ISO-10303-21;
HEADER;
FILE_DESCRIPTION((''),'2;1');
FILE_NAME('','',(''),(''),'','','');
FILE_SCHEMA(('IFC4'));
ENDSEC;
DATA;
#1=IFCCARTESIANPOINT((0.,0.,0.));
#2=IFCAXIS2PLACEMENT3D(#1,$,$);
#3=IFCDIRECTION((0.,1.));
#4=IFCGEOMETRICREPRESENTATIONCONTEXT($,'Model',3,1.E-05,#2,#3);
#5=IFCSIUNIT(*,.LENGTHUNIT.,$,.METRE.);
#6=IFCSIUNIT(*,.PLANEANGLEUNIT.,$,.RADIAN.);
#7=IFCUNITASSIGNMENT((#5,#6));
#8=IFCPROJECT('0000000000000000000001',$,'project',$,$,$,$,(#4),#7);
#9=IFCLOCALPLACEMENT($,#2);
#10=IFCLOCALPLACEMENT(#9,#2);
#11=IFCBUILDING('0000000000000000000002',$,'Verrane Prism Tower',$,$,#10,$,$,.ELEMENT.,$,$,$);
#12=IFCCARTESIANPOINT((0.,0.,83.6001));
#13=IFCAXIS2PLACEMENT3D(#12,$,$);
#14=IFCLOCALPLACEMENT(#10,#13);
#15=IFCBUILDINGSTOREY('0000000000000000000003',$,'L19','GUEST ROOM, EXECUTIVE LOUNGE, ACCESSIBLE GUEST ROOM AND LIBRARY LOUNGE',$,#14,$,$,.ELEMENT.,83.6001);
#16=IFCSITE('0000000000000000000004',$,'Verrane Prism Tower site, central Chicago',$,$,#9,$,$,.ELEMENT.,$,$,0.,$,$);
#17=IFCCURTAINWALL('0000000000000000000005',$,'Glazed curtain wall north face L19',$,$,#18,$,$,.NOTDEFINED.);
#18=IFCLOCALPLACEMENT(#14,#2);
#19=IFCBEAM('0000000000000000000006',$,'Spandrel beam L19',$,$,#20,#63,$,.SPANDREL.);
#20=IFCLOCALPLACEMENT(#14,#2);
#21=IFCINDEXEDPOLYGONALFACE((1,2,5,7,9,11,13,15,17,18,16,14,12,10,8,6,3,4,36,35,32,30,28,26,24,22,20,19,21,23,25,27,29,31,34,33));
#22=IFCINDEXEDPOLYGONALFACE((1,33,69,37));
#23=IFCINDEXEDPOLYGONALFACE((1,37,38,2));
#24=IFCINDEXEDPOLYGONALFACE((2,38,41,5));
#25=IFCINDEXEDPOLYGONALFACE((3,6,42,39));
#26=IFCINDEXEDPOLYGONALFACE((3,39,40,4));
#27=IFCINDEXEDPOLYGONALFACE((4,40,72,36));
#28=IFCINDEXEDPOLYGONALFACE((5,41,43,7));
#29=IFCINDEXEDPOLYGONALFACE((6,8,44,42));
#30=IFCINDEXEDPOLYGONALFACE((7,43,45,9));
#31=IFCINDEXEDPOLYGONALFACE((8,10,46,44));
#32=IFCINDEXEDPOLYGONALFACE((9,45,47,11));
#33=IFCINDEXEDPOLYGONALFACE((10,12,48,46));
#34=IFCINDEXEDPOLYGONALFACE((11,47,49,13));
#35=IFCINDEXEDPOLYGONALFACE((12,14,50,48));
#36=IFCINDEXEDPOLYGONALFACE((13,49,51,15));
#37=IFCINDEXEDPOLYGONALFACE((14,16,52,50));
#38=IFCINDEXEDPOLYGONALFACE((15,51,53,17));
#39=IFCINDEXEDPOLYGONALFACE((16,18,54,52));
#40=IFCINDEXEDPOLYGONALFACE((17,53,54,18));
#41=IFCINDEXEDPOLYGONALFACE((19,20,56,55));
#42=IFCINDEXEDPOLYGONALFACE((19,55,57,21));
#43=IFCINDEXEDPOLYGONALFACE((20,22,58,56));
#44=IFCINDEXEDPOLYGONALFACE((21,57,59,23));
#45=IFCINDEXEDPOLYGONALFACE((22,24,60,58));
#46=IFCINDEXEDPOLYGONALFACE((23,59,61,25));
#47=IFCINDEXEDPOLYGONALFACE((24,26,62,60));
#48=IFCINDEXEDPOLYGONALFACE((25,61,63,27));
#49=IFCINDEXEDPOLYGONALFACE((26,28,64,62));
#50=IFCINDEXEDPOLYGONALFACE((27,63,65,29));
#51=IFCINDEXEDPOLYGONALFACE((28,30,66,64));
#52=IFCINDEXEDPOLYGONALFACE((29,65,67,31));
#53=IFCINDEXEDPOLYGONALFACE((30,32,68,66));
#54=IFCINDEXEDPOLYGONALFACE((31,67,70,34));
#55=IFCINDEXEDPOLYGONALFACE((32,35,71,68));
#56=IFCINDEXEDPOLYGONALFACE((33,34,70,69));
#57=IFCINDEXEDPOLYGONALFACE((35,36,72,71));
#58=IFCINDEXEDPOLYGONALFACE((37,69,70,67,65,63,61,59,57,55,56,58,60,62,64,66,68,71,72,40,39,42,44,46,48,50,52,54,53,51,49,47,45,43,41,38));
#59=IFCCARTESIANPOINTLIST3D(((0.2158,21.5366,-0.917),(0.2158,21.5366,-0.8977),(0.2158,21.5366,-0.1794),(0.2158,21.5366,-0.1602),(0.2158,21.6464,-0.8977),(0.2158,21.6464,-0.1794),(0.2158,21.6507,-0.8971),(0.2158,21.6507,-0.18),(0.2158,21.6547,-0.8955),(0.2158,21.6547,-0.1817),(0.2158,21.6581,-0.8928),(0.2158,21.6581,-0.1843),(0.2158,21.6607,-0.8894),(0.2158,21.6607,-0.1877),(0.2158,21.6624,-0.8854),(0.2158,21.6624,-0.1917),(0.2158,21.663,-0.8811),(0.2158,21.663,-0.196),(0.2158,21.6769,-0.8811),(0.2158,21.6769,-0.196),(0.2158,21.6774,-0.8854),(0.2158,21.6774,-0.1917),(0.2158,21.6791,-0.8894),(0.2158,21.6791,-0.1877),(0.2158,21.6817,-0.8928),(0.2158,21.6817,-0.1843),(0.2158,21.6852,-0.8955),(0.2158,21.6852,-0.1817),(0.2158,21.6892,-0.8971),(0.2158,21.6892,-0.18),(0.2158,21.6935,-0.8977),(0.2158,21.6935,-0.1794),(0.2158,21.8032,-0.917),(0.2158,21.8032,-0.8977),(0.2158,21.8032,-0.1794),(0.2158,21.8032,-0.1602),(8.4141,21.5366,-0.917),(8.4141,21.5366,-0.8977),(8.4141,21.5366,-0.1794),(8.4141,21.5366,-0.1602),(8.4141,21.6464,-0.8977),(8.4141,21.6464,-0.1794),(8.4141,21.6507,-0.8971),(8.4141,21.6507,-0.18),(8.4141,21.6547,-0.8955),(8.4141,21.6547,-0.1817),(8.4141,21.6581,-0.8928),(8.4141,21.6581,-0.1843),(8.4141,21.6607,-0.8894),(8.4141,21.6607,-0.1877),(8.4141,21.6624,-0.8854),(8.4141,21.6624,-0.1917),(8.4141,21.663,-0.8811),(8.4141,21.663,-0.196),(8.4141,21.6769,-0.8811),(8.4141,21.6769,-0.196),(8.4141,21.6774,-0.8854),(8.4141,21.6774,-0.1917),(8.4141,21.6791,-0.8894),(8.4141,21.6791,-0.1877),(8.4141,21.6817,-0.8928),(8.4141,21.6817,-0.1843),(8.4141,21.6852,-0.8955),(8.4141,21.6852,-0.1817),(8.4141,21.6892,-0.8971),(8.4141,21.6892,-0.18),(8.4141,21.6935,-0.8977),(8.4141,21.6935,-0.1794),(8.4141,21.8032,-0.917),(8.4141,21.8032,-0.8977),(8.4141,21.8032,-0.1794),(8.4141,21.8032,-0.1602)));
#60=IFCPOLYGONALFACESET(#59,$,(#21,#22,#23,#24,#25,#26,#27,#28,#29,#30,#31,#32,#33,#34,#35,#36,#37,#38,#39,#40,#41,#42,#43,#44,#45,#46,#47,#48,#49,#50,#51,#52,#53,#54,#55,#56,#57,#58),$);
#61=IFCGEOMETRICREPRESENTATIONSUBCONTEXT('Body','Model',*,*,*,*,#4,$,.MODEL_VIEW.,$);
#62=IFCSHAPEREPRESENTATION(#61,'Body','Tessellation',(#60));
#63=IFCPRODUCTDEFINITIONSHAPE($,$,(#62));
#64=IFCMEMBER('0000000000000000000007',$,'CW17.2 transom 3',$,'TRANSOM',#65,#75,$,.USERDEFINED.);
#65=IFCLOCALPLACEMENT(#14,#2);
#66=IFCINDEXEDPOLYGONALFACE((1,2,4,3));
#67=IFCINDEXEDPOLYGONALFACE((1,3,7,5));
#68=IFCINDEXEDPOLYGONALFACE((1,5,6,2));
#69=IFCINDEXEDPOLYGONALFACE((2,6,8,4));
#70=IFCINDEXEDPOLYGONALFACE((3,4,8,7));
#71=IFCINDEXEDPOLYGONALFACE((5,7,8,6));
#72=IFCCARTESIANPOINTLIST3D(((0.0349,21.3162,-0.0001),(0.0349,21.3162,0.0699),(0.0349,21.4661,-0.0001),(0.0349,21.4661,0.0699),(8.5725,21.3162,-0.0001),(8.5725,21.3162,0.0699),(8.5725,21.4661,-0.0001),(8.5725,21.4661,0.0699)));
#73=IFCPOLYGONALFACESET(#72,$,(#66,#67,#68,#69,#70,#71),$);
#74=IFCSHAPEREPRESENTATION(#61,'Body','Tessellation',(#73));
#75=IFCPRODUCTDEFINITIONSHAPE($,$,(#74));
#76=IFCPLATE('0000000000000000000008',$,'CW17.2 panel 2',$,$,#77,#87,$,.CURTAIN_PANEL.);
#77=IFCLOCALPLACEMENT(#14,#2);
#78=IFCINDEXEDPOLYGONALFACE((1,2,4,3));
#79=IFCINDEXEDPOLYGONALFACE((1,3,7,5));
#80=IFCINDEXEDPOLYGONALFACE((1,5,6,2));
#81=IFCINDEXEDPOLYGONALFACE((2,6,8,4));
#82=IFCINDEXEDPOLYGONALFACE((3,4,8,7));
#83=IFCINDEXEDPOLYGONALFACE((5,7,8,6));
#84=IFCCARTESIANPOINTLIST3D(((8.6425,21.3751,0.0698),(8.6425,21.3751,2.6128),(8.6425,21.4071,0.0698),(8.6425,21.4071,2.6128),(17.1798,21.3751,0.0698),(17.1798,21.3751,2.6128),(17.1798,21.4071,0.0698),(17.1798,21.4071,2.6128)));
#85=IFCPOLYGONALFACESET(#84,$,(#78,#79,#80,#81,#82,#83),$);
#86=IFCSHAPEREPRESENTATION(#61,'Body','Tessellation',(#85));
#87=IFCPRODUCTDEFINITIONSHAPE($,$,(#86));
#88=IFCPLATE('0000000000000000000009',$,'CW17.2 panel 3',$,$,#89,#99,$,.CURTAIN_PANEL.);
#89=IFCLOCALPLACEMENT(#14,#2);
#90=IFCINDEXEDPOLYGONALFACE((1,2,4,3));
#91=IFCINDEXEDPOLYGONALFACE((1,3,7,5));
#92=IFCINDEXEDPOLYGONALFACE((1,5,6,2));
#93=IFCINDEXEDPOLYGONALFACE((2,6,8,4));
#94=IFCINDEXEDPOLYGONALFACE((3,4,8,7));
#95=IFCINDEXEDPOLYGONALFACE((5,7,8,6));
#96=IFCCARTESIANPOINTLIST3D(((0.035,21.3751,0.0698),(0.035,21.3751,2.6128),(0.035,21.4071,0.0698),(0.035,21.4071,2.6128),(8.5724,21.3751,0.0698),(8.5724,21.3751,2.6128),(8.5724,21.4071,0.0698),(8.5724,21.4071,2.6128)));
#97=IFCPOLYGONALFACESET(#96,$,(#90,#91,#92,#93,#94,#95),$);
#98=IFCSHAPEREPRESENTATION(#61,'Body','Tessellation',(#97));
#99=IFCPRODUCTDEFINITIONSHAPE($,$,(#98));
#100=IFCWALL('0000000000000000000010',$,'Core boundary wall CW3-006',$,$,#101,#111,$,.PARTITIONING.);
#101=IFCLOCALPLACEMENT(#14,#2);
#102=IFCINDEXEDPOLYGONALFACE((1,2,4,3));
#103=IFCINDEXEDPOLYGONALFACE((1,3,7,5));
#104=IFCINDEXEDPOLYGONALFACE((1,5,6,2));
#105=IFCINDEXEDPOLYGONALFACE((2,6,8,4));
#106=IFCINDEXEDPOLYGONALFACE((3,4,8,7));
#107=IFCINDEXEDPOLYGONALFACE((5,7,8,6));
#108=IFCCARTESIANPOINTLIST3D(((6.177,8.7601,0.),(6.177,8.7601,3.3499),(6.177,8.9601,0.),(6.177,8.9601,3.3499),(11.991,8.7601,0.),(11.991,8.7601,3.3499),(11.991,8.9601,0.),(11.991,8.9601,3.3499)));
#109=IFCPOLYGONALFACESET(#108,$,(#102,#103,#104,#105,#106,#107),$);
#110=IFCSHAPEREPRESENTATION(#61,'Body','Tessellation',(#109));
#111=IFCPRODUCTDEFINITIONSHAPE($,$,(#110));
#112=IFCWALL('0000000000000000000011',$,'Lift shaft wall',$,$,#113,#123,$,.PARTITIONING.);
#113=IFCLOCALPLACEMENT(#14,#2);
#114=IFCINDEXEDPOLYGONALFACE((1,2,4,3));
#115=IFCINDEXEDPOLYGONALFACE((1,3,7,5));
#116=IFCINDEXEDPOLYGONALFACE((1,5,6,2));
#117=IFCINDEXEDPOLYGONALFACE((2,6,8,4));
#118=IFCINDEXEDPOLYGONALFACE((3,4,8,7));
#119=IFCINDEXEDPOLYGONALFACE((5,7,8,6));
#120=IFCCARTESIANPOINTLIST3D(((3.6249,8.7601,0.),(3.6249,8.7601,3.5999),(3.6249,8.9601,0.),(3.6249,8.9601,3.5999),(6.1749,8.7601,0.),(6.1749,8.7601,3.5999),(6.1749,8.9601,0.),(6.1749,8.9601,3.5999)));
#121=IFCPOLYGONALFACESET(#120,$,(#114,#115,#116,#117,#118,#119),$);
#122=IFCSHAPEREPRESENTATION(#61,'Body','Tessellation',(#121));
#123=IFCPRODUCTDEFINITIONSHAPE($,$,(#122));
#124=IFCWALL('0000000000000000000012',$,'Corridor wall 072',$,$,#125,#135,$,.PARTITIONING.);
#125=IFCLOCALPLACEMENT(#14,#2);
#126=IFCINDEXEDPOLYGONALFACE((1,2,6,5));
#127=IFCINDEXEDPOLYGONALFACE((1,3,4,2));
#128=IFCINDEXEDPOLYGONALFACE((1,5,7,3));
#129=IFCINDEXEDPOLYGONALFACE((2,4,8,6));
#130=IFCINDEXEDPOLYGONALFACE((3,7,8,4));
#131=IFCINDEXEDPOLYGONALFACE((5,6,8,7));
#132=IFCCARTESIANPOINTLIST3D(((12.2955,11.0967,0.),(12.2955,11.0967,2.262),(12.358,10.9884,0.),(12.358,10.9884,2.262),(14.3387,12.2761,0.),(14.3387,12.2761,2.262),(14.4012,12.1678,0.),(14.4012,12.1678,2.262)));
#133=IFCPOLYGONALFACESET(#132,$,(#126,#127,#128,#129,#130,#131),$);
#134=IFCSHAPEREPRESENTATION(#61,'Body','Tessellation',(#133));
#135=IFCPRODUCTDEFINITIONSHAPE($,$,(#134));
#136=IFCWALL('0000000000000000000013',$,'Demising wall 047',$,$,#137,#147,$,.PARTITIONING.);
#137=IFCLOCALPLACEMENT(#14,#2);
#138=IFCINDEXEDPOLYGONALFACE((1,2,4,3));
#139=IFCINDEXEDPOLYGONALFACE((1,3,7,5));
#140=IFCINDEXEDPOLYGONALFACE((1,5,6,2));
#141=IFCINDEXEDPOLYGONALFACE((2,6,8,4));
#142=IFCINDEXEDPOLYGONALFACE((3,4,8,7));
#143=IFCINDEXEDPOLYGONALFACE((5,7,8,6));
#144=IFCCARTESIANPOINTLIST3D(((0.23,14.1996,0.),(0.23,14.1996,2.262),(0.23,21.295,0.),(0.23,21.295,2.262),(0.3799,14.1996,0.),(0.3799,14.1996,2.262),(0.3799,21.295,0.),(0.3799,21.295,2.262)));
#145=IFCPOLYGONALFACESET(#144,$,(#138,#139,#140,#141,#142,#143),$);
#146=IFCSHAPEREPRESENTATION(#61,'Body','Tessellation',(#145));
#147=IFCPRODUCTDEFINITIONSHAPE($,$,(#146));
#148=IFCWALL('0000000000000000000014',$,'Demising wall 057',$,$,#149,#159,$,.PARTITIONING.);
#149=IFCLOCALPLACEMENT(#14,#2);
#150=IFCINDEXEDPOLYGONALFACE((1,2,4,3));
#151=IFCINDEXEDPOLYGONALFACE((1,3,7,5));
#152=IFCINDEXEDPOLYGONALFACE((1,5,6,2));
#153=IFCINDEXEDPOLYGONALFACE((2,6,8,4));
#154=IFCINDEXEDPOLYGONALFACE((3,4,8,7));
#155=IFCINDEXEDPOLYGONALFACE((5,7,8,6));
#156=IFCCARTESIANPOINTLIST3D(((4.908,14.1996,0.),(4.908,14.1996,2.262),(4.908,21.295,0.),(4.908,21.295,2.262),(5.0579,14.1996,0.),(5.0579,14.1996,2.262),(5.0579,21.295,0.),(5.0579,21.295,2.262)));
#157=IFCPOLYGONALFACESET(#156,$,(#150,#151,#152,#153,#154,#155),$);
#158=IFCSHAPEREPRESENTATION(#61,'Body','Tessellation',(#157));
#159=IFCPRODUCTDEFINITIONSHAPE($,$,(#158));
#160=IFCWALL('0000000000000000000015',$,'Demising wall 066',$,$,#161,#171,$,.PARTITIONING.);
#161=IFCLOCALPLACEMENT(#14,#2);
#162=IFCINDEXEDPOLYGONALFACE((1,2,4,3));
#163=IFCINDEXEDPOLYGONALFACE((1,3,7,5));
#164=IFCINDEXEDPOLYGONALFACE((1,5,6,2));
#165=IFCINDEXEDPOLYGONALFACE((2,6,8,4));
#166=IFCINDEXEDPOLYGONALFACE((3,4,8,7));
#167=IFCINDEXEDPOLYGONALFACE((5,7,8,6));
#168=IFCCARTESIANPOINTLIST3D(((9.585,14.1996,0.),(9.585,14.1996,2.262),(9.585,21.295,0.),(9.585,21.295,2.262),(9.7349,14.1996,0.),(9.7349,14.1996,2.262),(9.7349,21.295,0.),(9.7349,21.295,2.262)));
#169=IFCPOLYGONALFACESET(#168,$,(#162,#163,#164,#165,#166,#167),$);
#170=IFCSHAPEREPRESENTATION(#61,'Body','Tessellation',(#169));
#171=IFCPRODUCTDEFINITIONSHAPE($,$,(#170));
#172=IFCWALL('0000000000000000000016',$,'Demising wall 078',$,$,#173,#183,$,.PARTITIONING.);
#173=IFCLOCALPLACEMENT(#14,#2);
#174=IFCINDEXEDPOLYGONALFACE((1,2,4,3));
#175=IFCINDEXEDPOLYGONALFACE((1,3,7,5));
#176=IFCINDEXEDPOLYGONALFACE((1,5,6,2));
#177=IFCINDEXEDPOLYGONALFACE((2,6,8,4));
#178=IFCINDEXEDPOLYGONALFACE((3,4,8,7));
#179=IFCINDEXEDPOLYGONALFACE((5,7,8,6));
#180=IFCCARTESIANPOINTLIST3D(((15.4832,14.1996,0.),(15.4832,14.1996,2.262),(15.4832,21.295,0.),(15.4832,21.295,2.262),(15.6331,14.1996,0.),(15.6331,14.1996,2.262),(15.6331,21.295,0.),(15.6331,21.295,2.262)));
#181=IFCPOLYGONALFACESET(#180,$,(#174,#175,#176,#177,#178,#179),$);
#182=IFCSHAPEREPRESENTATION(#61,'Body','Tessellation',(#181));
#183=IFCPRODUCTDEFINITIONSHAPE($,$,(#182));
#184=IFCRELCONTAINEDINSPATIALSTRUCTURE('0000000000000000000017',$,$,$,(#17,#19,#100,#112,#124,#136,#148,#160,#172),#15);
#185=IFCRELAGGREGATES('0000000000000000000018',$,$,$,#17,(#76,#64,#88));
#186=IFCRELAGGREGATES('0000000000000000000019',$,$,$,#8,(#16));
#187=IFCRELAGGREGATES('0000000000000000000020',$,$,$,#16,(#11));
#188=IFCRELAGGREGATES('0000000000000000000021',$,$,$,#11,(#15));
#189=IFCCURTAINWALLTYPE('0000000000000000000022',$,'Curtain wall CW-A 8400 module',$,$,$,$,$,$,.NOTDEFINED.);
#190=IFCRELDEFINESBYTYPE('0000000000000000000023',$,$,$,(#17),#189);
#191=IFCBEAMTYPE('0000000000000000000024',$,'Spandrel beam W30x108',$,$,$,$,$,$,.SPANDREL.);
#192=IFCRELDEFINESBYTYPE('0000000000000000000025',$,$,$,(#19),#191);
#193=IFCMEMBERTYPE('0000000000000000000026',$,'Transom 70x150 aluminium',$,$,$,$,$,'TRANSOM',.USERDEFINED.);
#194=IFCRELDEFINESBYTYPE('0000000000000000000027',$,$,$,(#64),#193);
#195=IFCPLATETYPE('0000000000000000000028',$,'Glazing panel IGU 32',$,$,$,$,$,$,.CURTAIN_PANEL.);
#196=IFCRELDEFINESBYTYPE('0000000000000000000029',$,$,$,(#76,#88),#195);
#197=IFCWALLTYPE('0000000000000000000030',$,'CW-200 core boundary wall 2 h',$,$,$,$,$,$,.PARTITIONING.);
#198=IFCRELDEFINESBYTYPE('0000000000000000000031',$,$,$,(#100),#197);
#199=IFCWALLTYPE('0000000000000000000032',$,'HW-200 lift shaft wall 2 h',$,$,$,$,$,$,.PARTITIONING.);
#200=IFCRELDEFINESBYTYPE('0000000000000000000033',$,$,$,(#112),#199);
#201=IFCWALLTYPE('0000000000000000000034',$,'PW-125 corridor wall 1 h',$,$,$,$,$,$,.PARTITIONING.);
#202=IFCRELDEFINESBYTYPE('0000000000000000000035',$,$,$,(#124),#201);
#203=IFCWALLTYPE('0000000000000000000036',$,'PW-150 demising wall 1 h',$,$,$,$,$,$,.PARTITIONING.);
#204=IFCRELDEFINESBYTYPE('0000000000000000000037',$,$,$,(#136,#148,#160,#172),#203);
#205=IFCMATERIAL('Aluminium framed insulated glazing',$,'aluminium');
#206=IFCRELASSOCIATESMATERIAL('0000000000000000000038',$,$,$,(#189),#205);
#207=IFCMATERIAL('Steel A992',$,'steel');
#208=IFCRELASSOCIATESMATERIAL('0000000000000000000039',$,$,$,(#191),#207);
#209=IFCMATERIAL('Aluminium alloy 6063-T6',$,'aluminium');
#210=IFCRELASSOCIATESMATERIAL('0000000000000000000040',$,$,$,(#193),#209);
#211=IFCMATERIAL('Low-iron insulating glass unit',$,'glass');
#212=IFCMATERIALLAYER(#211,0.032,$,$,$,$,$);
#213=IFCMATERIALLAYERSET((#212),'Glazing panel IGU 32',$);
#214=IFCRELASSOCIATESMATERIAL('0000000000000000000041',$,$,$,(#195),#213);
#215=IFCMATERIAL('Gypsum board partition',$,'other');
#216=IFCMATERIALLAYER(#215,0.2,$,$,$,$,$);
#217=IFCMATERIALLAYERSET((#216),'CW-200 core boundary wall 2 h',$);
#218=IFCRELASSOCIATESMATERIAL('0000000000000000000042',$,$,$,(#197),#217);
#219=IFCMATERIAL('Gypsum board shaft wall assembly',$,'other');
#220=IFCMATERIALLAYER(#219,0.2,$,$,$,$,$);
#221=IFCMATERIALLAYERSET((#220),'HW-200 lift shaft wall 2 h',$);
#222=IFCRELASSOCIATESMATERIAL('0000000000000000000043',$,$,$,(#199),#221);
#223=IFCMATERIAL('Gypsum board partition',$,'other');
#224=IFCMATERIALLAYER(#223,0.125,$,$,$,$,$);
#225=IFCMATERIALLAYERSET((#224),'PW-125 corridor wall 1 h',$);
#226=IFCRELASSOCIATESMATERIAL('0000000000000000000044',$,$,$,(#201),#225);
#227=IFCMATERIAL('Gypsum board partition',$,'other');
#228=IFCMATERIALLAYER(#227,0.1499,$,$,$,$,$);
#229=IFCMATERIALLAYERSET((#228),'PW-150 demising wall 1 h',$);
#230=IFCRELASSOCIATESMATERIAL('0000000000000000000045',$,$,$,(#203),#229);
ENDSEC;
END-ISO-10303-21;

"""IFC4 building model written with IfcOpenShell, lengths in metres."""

from ifc_helpers import new_model, si_unit, direction, frame, frame_2d, origin, origin_2d, place, context, subcontext, project, spatial, rectangle, i_section, extrude, material, layer, layer_set, material_profile, profile_set, type_object, element, aggregate, save


model = new_model("IFC4")

# Units and contexts
model_context = context("Model", 3, precision=1e-05, world=origin(), true_north=direction((0.0, 1.0)))
body_context = subcontext(model_context, "Body", "Model", "MODEL_VIEW")
ifc_project = project(units=[si_unit("LENGTHUNIT", "METRE"), si_unit("PLANEANGLEUNIT", "RADIAN")], contexts=[model_context])

# Site, building, storey
site_placement = place(None, origin())
site = spatial("IfcSite", under=ifc_project, at=site_placement, Name="Verrane Prism Tower site, central Chicago", CompositionType="ELEMENT", RefElevation=0.0)
building_placement = place(site_placement, origin())
building = spatial("IfcBuilding", under=site, at=building_placement, Name="Verrane Prism Tower", CompositionType="ELEMENT")
storey_placement = place(building_placement, frame((0.0, 0.0, 83.6001)))
storey = spatial("IfcBuildingStorey", under=building, at=storey_placement, Name="L19", Description="GUEST ROOM, EXECUTIVE LOUNGE, ACCESSIBLE GUEST ROOM AND LIBRARY LOUNGE", CompositionType="ELEMENT", Elevation=83.6001)

# Curtain wall
ifc_material_1 = material(Name="Aluminium framed insulated glazing", Category="aluminium")
curtain_wall_type = type_object("IfcCurtainWallType", Name="Curtain wall CW-A 8400 module", PredefinedType="NOTDEFINED", material=ifc_material_1)
curtain_wall_placement = place(storey_placement, origin())
curtain_wall = element("IfcCurtainWall", 1, at=curtain_wall_placement, inside=storey, type_object=curtain_wall_type, Name="Glazed curtain wall north face L19", PredefinedType="NOTDEFINED")

# Beam
ifc_material_2 = material(Name="Steel A992", Category="steel")
ifc_material_profile_1 = material_profile(ifc_material_2, i_section(OverallWidth=0.2666, OverallDepth=0.7568, WebThickness=0.0139, FlangeThickness=0.0193, FilletRadius=0.0166, at=origin_2d()), Name="W30x108")
ifc_profile_set_1 = profile_set([ifc_material_profile_1], Name="Steel A992")
beam_type_1 = type_object("IfcBeamType", Name="Spandrel beam W30x108", PredefinedType="SPANDREL", material=ifc_profile_set_1)
beam_1_placement = place(storey_placement, frame((8.4141, 21.6699, -0.5386), z_axis=(-1.0, 0.0, 0.0), x_axis=(0.0, -1.0, 0.0)))
element("IfcBeam", 2, at=beam_1_placement, inside=storey, type_object=beam_type_1, Name="Spandrel beam L19", PredefinedType="SPANDREL", context=body_context, shape_type="SweptSolid", body=[
    extrude(i_section(OverallWidth=0.2666, OverallDepth=0.7568, WebThickness=0.0139, FlangeThickness=0.0193, FilletRadius=0.0166, at=origin_2d()), origin(), (0.0, 0.0, 1.0), 8.1982),
])

# Member
ifc_material_3 = material(Name="Aluminium alloy 6063-T6", Category="aluminium")
ifc_material_profile_2 = material_profile(ifc_material_3, rectangle(XDim=0.1499, YDim=0.0701, at=origin_2d()), Name="Transom 70x150 aluminium")
ifc_profile_set_2 = profile_set([ifc_material_profile_2], Name="Aluminium alloy 6063-T6")
member_type_1 = type_object("IfcMemberType", Name="Transom 70x150 aluminium", ElementType="TRANSOM", PredefinedType="USERDEFINED", material=ifc_profile_set_2)
member_1_placement = place(storey_placement, frame((8.5725, 21.3911, 0.0349), z_axis=(-1.0, 0.0, 0.0), x_axis=(0.0, -1.0, 0.0)))
member_1 = element("IfcMember", 3, at=member_1_placement, type_object=member_type_1, Name="CW17.2 transom 3", ObjectType="TRANSOM", PredefinedType="USERDEFINED", context=body_context, shape_type="SweptSolid", body=[
    extrude(rectangle(XDim=0.1499, YDim=0.0701, at=origin_2d()), origin(), (0.0, 0.0, 1.0), 8.5376),
])

# Plates
ifc_material_4 = material(Name="Low-iron insulating glass unit", Category="glass")
ifc_layer_1 = layer(ifc_material_4, 0.032)
ifc_layer_set_1 = layer_set([ifc_layer_1], Name="Glazing panel IGU 32")
plate_type = type_object("IfcPlateType", Name="Glazing panel IGU 32", PredefinedType="CURTAIN_PANEL", material=ifc_layer_set_1)
plate_1_placement = place(storey_placement, frame((12.9111, 21.3911, 0.0698), z_axis=(0.0, 0.0, 1.0), x_axis=(-1.0, 0.0, 0.0)))
plate_1 = element("IfcPlate", 4, at=plate_1_placement, type_object=plate_type, Name="CW17.2 panel 2", PredefinedType="CURTAIN_PANEL", context=body_context, shape_type="SweptSolid", body=[
    extrude(rectangle(XDim=8.5374, YDim=0.032, at=origin_2d()), origin(), (0.0, 0.0, 1.0), 2.543),
])
plate_2_placement = place(storey_placement, frame((4.3037, 21.3911, 0.0698), z_axis=(0.0, 0.0, 1.0), x_axis=(-1.0, 0.0, 0.0)))
plate_2 = element("IfcPlate", 5, at=plate_2_placement, type_object=plate_type, Name="CW17.2 panel 3", PredefinedType="CURTAIN_PANEL", context=body_context, shape_type="SweptSolid", body=[
    extrude(rectangle(XDim=8.5374, YDim=0.032, at=origin_2d()), origin(), (0.0, 0.0, 1.0), 2.543),
])
aggregate(curtain_wall, [plate_1, member_1, plate_2])

# Walls
ifc_material_5 = material(Name="Gypsum board partition", Category="other")
ifc_layer_2 = layer(ifc_material_5, 0.2)
ifc_layer_set_2 = layer_set([ifc_layer_2], Name="CW-200 core boundary wall 2 h")
wall_type_1 = type_object("IfcWallType", Name="CW-200 core boundary wall 2 h", PredefinedType="PARTITIONING", material=ifc_layer_set_2)
wall_1_placement = place(storey_placement, frame((6.177, 8.8601, 0.0), z_axis=(0.0, 0.0, 1.0), x_axis=(1.0, 0.0, 0.0)))
element("IfcWall", 6, at=wall_1_placement, inside=storey, type_object=wall_type_1, Name="Core boundary wall CW3-006", PredefinedType="PARTITIONING", context=body_context, shape_type="SweptSolid", body=[
    extrude(rectangle(XDim=5.814, YDim=0.2, at=frame_2d((2.907, 0.0))), origin(), (0.0, 0.0, 1.0), 3.3499),
])
ifc_material_6 = material(Name="Gypsum board shaft wall assembly", Category="other")
ifc_layer_3 = layer(ifc_material_6, 0.2)
ifc_layer_set_3 = layer_set([ifc_layer_3], Name="HW-200 lift shaft wall 2 h")
wall_type_2 = type_object("IfcWallType", Name="HW-200 lift shaft wall 2 h", PredefinedType="PARTITIONING", material=ifc_layer_set_3)
wall_2_placement = place(storey_placement, frame((3.625, 8.8601, 0.0), z_axis=(0.0, 0.0, 1.0), x_axis=(1.0, 0.0, 0.0)))
element("IfcWall", 7, at=wall_2_placement, inside=storey, type_object=wall_type_2, Name="Lift shaft wall", PredefinedType="PARTITIONING", context=body_context, shape_type="SweptSolid", body=[
    extrude(rectangle(XDim=2.55, YDim=0.2, at=frame_2d((1.2749, 0.0))), origin(), (0.0, 0.0, 1.0), 3.5999),
])
ifc_material_7 = material(Name="Gypsum board partition", Category="other")
ifc_layer_4 = layer(ifc_material_7, 0.125)
ifc_layer_set_4 = layer_set([ifc_layer_4], Name="PW-125 corridor wall 1 h")
wall_type_3 = type_object("IfcWallType", Name="PW-125 corridor wall 1 h", PredefinedType="PARTITIONING", material=ifc_layer_set_4)
wall_3_placement = place(storey_placement, frame((12.3267, 11.0425, 0.0), z_axis=(0.0, 0.0, 1.0), x_axis=(0.866063, 0.499934, 0.0)))
element("IfcWall", 8, at=wall_3_placement, inside=storey, type_object=wall_type_3, Name="Corridor wall 072", PredefinedType="PARTITIONING", context=body_context, shape_type="SweptSolid", body=[
    extrude(rectangle(XDim=2.3591, YDim=0.125, at=frame_2d((1.1797, 0.0))), origin(), (0.0, 0.0, 1.0), 2.262),
])
ifc_material_8 = material(Name="Gypsum board partition", Category="other")
ifc_layer_5 = layer(ifc_material_8, 0.1499)
ifc_layer_set_5 = layer_set([ifc_layer_5], Name="PW-150 demising wall 1 h")
wall_type_4 = type_object("IfcWallType", Name="PW-150 demising wall 1 h", PredefinedType="PARTITIONING", material=ifc_layer_set_5)
for number, where, z_axis, x_axis, name in (
    (9, (0.3049, 14.1995, 0.0), (0.0, 0.0, 1.0), (0.0, 1.0, 0.0), "Demising wall 047"),
    (10, (4.9829, 14.1995, 0.0), (0.0, 0.0, 1.0), (0.0, 1.0, 0.0), "Demising wall 057"),
    (11, (9.6599, 14.1995, 0.0), (0.0, 0.0, 1.0), (0.0, 1.0, 0.0), "Demising wall 066"),
    (12, (15.5581, 14.1995, 0.0), (0.0, 0.0, 1.0), (0.0, 1.0, 0.0), "Demising wall 078"),
):
    element("IfcWall", number, at=place(storey_placement, frame(where, z_axis=z_axis, x_axis=x_axis)), inside=storey, type_object=wall_type_4, Name=name, PredefinedType="PARTITIONING", context=body_context, shape_type="SweptSolid", body=[
        extrude(rectangle(XDim=7.0955, YDim=0.1499, at=frame_2d((3.5479, 0.0))), origin(), (0.0, 0.0, 1.0), 2.262),
    ])

save(model, "model.ifc")
